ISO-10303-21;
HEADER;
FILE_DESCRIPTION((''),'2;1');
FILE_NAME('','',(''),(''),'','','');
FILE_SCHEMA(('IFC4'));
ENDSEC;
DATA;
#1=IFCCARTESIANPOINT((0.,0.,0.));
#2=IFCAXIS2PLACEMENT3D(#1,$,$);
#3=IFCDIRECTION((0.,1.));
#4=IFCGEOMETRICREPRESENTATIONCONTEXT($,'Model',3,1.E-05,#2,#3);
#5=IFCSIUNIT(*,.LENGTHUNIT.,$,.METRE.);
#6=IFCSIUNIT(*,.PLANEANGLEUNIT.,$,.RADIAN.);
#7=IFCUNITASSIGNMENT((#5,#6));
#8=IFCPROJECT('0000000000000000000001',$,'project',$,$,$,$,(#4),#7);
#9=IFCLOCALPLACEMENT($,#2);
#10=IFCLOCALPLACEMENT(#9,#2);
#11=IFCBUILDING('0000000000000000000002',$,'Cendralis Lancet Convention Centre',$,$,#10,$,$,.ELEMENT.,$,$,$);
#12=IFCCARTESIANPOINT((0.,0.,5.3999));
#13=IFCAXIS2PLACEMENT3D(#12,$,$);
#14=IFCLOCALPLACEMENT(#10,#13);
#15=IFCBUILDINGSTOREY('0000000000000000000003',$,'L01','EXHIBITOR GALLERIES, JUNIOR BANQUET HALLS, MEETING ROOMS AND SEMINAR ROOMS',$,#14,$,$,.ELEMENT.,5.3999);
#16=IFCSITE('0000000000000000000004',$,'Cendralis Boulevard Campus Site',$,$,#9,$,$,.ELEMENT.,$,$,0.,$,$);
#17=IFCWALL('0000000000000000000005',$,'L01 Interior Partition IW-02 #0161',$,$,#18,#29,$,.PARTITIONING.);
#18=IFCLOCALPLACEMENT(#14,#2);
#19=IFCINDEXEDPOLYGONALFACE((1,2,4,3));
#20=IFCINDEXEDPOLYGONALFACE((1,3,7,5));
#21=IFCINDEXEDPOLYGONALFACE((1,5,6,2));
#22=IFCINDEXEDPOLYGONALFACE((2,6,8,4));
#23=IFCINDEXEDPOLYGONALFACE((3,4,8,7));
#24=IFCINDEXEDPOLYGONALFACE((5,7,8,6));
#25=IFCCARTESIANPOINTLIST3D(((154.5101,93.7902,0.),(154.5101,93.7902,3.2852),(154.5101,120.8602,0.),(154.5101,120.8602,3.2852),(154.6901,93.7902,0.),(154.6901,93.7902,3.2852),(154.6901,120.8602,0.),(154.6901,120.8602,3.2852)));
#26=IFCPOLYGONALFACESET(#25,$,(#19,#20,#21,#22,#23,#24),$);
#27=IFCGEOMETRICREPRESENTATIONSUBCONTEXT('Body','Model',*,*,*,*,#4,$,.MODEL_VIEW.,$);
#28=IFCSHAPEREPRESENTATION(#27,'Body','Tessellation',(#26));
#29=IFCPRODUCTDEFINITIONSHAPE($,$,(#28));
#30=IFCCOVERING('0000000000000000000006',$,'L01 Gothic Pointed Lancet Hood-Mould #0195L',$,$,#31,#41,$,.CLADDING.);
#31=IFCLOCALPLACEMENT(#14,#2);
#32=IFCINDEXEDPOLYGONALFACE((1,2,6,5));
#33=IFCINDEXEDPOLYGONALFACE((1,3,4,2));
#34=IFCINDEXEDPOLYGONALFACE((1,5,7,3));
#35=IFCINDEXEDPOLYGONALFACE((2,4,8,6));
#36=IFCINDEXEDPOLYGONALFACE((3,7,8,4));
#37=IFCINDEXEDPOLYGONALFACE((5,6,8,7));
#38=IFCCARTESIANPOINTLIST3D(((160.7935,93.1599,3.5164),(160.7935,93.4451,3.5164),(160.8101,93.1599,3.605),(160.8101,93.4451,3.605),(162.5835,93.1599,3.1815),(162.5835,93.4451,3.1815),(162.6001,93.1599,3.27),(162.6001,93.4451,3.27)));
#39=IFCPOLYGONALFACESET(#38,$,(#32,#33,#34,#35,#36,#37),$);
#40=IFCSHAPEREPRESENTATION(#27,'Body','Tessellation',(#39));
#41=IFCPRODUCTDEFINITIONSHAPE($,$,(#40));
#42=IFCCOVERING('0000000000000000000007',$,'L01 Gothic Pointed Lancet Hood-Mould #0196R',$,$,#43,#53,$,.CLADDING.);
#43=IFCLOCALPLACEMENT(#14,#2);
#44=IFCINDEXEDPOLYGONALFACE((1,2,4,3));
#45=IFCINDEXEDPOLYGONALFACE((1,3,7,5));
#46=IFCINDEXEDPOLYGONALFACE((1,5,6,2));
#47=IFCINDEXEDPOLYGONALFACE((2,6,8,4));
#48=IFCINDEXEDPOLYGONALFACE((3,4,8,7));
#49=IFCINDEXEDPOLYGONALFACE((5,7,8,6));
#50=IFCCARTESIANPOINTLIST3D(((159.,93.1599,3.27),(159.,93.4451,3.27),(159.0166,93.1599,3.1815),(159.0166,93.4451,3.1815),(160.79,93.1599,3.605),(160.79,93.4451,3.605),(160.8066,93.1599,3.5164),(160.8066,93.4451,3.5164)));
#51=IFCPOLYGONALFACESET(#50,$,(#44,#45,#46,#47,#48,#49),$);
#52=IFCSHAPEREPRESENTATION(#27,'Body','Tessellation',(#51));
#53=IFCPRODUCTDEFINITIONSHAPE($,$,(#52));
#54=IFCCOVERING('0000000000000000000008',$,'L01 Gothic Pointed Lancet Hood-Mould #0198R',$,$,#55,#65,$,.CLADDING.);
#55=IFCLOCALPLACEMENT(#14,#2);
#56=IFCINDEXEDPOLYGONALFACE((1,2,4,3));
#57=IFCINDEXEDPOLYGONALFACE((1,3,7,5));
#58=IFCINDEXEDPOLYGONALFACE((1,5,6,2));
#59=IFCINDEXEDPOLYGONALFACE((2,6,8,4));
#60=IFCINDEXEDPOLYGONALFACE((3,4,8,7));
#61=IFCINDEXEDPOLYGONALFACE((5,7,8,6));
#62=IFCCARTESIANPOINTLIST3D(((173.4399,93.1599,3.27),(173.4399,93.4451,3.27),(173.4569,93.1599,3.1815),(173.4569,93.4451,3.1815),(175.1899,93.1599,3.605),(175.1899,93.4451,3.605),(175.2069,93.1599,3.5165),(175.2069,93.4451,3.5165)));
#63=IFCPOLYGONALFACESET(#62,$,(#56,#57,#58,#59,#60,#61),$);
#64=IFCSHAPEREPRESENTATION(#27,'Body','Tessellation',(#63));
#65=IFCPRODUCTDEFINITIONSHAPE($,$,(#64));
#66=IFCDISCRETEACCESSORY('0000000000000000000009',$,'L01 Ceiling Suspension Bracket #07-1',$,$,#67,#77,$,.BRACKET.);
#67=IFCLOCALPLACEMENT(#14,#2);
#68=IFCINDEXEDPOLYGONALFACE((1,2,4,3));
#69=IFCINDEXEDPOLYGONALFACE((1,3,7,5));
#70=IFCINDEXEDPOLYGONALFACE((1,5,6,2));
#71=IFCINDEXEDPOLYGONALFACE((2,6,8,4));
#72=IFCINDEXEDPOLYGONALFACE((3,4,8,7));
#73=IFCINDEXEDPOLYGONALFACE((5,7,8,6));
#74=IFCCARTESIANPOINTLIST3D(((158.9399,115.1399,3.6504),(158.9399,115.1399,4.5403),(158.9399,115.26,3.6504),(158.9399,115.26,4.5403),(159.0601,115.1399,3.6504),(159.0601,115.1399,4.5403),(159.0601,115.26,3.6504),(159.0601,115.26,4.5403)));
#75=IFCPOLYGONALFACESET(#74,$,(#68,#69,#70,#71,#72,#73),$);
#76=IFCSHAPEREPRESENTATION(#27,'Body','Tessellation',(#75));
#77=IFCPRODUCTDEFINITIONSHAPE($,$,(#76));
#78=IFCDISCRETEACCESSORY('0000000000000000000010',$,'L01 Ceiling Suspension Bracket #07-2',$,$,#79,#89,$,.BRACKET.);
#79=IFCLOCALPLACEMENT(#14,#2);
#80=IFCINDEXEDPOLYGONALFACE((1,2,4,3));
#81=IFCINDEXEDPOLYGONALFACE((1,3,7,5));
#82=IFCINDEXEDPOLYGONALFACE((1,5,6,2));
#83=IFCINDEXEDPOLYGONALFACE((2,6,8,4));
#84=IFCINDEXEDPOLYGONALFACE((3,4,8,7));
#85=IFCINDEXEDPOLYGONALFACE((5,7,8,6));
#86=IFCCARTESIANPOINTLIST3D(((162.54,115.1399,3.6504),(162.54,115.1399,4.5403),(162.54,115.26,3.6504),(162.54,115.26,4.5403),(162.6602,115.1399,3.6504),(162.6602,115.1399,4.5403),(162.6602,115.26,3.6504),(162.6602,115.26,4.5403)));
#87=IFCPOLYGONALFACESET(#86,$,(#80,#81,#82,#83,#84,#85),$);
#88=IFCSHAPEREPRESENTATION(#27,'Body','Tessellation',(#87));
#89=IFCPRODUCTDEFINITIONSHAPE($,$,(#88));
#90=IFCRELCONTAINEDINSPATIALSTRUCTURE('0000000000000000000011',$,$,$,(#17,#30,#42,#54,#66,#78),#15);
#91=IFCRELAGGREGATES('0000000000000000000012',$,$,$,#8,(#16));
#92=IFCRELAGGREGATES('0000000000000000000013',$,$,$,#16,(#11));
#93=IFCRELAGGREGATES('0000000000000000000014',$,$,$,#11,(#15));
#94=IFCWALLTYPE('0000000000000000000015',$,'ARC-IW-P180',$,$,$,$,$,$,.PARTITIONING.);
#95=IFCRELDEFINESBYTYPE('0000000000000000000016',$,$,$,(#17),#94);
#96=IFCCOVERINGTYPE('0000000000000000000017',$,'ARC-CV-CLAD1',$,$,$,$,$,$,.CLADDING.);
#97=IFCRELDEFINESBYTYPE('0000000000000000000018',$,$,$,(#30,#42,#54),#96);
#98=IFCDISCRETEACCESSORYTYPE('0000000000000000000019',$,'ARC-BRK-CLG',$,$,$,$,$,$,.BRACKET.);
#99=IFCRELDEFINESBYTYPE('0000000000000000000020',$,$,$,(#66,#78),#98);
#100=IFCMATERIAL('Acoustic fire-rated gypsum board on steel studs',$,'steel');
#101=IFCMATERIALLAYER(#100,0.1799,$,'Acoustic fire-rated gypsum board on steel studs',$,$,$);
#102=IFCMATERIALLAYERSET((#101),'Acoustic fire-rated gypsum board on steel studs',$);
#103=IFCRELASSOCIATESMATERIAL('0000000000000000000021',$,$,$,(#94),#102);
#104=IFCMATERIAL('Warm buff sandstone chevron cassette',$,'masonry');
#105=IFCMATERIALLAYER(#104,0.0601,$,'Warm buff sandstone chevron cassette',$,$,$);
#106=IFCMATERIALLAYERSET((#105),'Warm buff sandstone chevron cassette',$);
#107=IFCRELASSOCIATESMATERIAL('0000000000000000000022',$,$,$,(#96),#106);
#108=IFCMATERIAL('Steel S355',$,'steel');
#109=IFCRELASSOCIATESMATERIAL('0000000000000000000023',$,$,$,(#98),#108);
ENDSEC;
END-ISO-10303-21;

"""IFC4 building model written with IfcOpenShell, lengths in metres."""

from ifc_helpers import new_model, si_unit, direction, frame, frame_2d, origin, origin_2d, place, context, subcontext, project, spatial, polyline, rectangle, outline, extrude, material, layer, layer_set, type_object, element, save


model = new_model("IFC4")

# Units and contexts
model_context = context("Model", 3, precision=1e-05, world=origin(), true_north=direction((0.0, 1.0)))
body_context = subcontext(model_context, "Body", "Model", "MODEL_VIEW")
ifc_project = project(units=[si_unit("LENGTHUNIT", "METRE"), si_unit("PLANEANGLEUNIT", "RADIAN")], contexts=[model_context])

# Site, building, storey
site_placement = place(None, origin())
site = spatial("IfcSite", under=ifc_project, at=site_placement, Name="Cendralis Boulevard Campus Site", CompositionType="ELEMENT", RefElevation=0.0)
building_placement = place(site_placement, origin())
building = spatial("IfcBuilding", under=site, at=building_placement, Name="Cendralis Lancet Convention Centre", CompositionType="ELEMENT")
storey_placement = place(building_placement, frame((0.0, 0.0, 5.3999)))
storey = spatial("IfcBuildingStorey", under=building, at=storey_placement, Name="L01", Description="EXHIBITOR GALLERIES, JUNIOR BANQUET HALLS, MEETING ROOMS AND SEMINAR ROOMS", CompositionType="ELEMENT", Elevation=5.3999)

# Shared definitions
ifc_material_1 = material(Name="Steel S355", Category="steel")

# Shared definitions
ifc_material_2 = material(Name="Acoustic fire-rated gypsum board on steel studs", Category="steel")
ifc_layer_1 = layer(ifc_material_2, 0.1799, Name="Acoustic fire-rated gypsum board on steel studs")
ifc_layer_set_1 = layer_set([ifc_layer_1], Name="Acoustic fire-rated gypsum board on steel studs")
wall_type_1 = type_object("IfcWallType", Name="ARC-IW-P180", PredefinedType="PARTITIONING", material=ifc_layer_set_1)

# Wall
wall_1_placement = place(storey_placement, frame((154.6001, 93.79, 0.0), z_axis=(0.0, 0.0, 1.0), x_axis=(0.0, 1.0, 0.0)))
element("IfcWall", 1, at=wall_1_placement, inside=storey, type_object=wall_type_1, Name="L01 Interior Partition IW-02 #0161", PredefinedType="PARTITIONING", context=body_context, shape_type="SweptSolid", body=[
    extrude(rectangle(XDim=27.0701, YDim=0.1799, at=frame_2d((13.5352, 0.0))), origin(), (0.0, 0.0, 1.0), 3.2852),
])

# Coverings
ifc_material_3 = material(Name="Warm buff sandstone chevron cassette", Category="masonry")
ifc_layer_2 = layer(ifc_material_3, 0.0601, Name="Warm buff sandstone chevron cassette")
ifc_layer_set_2 = layer_set([ifc_layer_2], Name="Warm buff sandstone chevron cassette")
covering_type = type_object("IfcCoveringType", Name="ARC-CV-CLAD1", PredefinedType="CLADDING", material=ifc_layer_set_2)
for number, where, z_axis, x_axis, name in (
    (2, (162.6001, 93.1599, 3.27), (0.183932, 0.0, 0.982939), (0.0, 1.0, 0.0), "L01 Gothic Pointed Lancet Hood-Mould #0195L"),
    (3, (160.79, 93.1599, 3.605), (-0.183932, 0.0, 0.982939), (0.0, 1.0, 0.0), "L01 Gothic Pointed Lancet Hood-Mould #0196R"),
):
    element("IfcCovering", number, at=place(storey_placement, frame(where, z_axis=z_axis, x_axis=x_axis)), inside=storey, type_object=covering_type, Name=name, PredefinedType="CLADDING", context=body_context, shape_type="SweptSolid", body=[
        extrude(outline(polyline([(0.0, 0.0), (0.2852, 0.0), (0.2852, 1.8211), (0.0, 1.8211), (0.0, 0.0)])), origin(), (0.0, 0.0, -1.0), 0.0901),
    ])
covering_placement = place(storey_placement, frame((175.1899, 93.1599, 3.605), z_axis=(-0.187994, 0.0, 0.98217), x_axis=(0.0, 1.0, 0.0)))
element("IfcCovering", 4, at=covering_placement, inside=storey, type_object=covering_type, Name="L01 Gothic Pointed Lancet Hood-Mould #0198R", PredefinedType="CLADDING", context=body_context, shape_type="SweptSolid", body=[
    extrude(outline(polyline([(0.0, 0.0), (0.2852, 0.0), (0.2852, 1.7818), (0.0, 1.7818), (0.0, 0.0)])), origin(), (0.0, 0.0, -1.0), 0.0901),
])

# Discrete accessories
discrete_accessory_type = type_object("IfcDiscreteAccessoryType", Name="ARC-BRK-CLG", PredefinedType="BRACKET", material=ifc_material_1)
for number, where, z_axis, x_axis, name in (
    (5, (159.0, 115.2, 3.6504), (0.0, 0.0, 1.0), (1.0, 0.0, 0.0), "L01 Ceiling Suspension Bracket #07-1"),
    (6, (162.6001, 115.2, 3.6504), (0.0, 0.0, 1.0), (1.0, 0.0, 0.0), "L01 Ceiling Suspension Bracket #07-2"),
):
    element("IfcDiscreteAccessory", number, at=place(storey_placement, frame(where, z_axis=z_axis, x_axis=x_axis)), inside=storey, type_object=discrete_accessory_type, Name=name, PredefinedType="BRACKET", context=body_context, shape_type="SweptSolid", body=[
        extrude(rectangle(XDim=0.1201, YDim=0.1201, at=origin_2d()), origin(), (0.0, 0.0, 1.0), 0.8899),
    ])

save(model, "model.ifc")
